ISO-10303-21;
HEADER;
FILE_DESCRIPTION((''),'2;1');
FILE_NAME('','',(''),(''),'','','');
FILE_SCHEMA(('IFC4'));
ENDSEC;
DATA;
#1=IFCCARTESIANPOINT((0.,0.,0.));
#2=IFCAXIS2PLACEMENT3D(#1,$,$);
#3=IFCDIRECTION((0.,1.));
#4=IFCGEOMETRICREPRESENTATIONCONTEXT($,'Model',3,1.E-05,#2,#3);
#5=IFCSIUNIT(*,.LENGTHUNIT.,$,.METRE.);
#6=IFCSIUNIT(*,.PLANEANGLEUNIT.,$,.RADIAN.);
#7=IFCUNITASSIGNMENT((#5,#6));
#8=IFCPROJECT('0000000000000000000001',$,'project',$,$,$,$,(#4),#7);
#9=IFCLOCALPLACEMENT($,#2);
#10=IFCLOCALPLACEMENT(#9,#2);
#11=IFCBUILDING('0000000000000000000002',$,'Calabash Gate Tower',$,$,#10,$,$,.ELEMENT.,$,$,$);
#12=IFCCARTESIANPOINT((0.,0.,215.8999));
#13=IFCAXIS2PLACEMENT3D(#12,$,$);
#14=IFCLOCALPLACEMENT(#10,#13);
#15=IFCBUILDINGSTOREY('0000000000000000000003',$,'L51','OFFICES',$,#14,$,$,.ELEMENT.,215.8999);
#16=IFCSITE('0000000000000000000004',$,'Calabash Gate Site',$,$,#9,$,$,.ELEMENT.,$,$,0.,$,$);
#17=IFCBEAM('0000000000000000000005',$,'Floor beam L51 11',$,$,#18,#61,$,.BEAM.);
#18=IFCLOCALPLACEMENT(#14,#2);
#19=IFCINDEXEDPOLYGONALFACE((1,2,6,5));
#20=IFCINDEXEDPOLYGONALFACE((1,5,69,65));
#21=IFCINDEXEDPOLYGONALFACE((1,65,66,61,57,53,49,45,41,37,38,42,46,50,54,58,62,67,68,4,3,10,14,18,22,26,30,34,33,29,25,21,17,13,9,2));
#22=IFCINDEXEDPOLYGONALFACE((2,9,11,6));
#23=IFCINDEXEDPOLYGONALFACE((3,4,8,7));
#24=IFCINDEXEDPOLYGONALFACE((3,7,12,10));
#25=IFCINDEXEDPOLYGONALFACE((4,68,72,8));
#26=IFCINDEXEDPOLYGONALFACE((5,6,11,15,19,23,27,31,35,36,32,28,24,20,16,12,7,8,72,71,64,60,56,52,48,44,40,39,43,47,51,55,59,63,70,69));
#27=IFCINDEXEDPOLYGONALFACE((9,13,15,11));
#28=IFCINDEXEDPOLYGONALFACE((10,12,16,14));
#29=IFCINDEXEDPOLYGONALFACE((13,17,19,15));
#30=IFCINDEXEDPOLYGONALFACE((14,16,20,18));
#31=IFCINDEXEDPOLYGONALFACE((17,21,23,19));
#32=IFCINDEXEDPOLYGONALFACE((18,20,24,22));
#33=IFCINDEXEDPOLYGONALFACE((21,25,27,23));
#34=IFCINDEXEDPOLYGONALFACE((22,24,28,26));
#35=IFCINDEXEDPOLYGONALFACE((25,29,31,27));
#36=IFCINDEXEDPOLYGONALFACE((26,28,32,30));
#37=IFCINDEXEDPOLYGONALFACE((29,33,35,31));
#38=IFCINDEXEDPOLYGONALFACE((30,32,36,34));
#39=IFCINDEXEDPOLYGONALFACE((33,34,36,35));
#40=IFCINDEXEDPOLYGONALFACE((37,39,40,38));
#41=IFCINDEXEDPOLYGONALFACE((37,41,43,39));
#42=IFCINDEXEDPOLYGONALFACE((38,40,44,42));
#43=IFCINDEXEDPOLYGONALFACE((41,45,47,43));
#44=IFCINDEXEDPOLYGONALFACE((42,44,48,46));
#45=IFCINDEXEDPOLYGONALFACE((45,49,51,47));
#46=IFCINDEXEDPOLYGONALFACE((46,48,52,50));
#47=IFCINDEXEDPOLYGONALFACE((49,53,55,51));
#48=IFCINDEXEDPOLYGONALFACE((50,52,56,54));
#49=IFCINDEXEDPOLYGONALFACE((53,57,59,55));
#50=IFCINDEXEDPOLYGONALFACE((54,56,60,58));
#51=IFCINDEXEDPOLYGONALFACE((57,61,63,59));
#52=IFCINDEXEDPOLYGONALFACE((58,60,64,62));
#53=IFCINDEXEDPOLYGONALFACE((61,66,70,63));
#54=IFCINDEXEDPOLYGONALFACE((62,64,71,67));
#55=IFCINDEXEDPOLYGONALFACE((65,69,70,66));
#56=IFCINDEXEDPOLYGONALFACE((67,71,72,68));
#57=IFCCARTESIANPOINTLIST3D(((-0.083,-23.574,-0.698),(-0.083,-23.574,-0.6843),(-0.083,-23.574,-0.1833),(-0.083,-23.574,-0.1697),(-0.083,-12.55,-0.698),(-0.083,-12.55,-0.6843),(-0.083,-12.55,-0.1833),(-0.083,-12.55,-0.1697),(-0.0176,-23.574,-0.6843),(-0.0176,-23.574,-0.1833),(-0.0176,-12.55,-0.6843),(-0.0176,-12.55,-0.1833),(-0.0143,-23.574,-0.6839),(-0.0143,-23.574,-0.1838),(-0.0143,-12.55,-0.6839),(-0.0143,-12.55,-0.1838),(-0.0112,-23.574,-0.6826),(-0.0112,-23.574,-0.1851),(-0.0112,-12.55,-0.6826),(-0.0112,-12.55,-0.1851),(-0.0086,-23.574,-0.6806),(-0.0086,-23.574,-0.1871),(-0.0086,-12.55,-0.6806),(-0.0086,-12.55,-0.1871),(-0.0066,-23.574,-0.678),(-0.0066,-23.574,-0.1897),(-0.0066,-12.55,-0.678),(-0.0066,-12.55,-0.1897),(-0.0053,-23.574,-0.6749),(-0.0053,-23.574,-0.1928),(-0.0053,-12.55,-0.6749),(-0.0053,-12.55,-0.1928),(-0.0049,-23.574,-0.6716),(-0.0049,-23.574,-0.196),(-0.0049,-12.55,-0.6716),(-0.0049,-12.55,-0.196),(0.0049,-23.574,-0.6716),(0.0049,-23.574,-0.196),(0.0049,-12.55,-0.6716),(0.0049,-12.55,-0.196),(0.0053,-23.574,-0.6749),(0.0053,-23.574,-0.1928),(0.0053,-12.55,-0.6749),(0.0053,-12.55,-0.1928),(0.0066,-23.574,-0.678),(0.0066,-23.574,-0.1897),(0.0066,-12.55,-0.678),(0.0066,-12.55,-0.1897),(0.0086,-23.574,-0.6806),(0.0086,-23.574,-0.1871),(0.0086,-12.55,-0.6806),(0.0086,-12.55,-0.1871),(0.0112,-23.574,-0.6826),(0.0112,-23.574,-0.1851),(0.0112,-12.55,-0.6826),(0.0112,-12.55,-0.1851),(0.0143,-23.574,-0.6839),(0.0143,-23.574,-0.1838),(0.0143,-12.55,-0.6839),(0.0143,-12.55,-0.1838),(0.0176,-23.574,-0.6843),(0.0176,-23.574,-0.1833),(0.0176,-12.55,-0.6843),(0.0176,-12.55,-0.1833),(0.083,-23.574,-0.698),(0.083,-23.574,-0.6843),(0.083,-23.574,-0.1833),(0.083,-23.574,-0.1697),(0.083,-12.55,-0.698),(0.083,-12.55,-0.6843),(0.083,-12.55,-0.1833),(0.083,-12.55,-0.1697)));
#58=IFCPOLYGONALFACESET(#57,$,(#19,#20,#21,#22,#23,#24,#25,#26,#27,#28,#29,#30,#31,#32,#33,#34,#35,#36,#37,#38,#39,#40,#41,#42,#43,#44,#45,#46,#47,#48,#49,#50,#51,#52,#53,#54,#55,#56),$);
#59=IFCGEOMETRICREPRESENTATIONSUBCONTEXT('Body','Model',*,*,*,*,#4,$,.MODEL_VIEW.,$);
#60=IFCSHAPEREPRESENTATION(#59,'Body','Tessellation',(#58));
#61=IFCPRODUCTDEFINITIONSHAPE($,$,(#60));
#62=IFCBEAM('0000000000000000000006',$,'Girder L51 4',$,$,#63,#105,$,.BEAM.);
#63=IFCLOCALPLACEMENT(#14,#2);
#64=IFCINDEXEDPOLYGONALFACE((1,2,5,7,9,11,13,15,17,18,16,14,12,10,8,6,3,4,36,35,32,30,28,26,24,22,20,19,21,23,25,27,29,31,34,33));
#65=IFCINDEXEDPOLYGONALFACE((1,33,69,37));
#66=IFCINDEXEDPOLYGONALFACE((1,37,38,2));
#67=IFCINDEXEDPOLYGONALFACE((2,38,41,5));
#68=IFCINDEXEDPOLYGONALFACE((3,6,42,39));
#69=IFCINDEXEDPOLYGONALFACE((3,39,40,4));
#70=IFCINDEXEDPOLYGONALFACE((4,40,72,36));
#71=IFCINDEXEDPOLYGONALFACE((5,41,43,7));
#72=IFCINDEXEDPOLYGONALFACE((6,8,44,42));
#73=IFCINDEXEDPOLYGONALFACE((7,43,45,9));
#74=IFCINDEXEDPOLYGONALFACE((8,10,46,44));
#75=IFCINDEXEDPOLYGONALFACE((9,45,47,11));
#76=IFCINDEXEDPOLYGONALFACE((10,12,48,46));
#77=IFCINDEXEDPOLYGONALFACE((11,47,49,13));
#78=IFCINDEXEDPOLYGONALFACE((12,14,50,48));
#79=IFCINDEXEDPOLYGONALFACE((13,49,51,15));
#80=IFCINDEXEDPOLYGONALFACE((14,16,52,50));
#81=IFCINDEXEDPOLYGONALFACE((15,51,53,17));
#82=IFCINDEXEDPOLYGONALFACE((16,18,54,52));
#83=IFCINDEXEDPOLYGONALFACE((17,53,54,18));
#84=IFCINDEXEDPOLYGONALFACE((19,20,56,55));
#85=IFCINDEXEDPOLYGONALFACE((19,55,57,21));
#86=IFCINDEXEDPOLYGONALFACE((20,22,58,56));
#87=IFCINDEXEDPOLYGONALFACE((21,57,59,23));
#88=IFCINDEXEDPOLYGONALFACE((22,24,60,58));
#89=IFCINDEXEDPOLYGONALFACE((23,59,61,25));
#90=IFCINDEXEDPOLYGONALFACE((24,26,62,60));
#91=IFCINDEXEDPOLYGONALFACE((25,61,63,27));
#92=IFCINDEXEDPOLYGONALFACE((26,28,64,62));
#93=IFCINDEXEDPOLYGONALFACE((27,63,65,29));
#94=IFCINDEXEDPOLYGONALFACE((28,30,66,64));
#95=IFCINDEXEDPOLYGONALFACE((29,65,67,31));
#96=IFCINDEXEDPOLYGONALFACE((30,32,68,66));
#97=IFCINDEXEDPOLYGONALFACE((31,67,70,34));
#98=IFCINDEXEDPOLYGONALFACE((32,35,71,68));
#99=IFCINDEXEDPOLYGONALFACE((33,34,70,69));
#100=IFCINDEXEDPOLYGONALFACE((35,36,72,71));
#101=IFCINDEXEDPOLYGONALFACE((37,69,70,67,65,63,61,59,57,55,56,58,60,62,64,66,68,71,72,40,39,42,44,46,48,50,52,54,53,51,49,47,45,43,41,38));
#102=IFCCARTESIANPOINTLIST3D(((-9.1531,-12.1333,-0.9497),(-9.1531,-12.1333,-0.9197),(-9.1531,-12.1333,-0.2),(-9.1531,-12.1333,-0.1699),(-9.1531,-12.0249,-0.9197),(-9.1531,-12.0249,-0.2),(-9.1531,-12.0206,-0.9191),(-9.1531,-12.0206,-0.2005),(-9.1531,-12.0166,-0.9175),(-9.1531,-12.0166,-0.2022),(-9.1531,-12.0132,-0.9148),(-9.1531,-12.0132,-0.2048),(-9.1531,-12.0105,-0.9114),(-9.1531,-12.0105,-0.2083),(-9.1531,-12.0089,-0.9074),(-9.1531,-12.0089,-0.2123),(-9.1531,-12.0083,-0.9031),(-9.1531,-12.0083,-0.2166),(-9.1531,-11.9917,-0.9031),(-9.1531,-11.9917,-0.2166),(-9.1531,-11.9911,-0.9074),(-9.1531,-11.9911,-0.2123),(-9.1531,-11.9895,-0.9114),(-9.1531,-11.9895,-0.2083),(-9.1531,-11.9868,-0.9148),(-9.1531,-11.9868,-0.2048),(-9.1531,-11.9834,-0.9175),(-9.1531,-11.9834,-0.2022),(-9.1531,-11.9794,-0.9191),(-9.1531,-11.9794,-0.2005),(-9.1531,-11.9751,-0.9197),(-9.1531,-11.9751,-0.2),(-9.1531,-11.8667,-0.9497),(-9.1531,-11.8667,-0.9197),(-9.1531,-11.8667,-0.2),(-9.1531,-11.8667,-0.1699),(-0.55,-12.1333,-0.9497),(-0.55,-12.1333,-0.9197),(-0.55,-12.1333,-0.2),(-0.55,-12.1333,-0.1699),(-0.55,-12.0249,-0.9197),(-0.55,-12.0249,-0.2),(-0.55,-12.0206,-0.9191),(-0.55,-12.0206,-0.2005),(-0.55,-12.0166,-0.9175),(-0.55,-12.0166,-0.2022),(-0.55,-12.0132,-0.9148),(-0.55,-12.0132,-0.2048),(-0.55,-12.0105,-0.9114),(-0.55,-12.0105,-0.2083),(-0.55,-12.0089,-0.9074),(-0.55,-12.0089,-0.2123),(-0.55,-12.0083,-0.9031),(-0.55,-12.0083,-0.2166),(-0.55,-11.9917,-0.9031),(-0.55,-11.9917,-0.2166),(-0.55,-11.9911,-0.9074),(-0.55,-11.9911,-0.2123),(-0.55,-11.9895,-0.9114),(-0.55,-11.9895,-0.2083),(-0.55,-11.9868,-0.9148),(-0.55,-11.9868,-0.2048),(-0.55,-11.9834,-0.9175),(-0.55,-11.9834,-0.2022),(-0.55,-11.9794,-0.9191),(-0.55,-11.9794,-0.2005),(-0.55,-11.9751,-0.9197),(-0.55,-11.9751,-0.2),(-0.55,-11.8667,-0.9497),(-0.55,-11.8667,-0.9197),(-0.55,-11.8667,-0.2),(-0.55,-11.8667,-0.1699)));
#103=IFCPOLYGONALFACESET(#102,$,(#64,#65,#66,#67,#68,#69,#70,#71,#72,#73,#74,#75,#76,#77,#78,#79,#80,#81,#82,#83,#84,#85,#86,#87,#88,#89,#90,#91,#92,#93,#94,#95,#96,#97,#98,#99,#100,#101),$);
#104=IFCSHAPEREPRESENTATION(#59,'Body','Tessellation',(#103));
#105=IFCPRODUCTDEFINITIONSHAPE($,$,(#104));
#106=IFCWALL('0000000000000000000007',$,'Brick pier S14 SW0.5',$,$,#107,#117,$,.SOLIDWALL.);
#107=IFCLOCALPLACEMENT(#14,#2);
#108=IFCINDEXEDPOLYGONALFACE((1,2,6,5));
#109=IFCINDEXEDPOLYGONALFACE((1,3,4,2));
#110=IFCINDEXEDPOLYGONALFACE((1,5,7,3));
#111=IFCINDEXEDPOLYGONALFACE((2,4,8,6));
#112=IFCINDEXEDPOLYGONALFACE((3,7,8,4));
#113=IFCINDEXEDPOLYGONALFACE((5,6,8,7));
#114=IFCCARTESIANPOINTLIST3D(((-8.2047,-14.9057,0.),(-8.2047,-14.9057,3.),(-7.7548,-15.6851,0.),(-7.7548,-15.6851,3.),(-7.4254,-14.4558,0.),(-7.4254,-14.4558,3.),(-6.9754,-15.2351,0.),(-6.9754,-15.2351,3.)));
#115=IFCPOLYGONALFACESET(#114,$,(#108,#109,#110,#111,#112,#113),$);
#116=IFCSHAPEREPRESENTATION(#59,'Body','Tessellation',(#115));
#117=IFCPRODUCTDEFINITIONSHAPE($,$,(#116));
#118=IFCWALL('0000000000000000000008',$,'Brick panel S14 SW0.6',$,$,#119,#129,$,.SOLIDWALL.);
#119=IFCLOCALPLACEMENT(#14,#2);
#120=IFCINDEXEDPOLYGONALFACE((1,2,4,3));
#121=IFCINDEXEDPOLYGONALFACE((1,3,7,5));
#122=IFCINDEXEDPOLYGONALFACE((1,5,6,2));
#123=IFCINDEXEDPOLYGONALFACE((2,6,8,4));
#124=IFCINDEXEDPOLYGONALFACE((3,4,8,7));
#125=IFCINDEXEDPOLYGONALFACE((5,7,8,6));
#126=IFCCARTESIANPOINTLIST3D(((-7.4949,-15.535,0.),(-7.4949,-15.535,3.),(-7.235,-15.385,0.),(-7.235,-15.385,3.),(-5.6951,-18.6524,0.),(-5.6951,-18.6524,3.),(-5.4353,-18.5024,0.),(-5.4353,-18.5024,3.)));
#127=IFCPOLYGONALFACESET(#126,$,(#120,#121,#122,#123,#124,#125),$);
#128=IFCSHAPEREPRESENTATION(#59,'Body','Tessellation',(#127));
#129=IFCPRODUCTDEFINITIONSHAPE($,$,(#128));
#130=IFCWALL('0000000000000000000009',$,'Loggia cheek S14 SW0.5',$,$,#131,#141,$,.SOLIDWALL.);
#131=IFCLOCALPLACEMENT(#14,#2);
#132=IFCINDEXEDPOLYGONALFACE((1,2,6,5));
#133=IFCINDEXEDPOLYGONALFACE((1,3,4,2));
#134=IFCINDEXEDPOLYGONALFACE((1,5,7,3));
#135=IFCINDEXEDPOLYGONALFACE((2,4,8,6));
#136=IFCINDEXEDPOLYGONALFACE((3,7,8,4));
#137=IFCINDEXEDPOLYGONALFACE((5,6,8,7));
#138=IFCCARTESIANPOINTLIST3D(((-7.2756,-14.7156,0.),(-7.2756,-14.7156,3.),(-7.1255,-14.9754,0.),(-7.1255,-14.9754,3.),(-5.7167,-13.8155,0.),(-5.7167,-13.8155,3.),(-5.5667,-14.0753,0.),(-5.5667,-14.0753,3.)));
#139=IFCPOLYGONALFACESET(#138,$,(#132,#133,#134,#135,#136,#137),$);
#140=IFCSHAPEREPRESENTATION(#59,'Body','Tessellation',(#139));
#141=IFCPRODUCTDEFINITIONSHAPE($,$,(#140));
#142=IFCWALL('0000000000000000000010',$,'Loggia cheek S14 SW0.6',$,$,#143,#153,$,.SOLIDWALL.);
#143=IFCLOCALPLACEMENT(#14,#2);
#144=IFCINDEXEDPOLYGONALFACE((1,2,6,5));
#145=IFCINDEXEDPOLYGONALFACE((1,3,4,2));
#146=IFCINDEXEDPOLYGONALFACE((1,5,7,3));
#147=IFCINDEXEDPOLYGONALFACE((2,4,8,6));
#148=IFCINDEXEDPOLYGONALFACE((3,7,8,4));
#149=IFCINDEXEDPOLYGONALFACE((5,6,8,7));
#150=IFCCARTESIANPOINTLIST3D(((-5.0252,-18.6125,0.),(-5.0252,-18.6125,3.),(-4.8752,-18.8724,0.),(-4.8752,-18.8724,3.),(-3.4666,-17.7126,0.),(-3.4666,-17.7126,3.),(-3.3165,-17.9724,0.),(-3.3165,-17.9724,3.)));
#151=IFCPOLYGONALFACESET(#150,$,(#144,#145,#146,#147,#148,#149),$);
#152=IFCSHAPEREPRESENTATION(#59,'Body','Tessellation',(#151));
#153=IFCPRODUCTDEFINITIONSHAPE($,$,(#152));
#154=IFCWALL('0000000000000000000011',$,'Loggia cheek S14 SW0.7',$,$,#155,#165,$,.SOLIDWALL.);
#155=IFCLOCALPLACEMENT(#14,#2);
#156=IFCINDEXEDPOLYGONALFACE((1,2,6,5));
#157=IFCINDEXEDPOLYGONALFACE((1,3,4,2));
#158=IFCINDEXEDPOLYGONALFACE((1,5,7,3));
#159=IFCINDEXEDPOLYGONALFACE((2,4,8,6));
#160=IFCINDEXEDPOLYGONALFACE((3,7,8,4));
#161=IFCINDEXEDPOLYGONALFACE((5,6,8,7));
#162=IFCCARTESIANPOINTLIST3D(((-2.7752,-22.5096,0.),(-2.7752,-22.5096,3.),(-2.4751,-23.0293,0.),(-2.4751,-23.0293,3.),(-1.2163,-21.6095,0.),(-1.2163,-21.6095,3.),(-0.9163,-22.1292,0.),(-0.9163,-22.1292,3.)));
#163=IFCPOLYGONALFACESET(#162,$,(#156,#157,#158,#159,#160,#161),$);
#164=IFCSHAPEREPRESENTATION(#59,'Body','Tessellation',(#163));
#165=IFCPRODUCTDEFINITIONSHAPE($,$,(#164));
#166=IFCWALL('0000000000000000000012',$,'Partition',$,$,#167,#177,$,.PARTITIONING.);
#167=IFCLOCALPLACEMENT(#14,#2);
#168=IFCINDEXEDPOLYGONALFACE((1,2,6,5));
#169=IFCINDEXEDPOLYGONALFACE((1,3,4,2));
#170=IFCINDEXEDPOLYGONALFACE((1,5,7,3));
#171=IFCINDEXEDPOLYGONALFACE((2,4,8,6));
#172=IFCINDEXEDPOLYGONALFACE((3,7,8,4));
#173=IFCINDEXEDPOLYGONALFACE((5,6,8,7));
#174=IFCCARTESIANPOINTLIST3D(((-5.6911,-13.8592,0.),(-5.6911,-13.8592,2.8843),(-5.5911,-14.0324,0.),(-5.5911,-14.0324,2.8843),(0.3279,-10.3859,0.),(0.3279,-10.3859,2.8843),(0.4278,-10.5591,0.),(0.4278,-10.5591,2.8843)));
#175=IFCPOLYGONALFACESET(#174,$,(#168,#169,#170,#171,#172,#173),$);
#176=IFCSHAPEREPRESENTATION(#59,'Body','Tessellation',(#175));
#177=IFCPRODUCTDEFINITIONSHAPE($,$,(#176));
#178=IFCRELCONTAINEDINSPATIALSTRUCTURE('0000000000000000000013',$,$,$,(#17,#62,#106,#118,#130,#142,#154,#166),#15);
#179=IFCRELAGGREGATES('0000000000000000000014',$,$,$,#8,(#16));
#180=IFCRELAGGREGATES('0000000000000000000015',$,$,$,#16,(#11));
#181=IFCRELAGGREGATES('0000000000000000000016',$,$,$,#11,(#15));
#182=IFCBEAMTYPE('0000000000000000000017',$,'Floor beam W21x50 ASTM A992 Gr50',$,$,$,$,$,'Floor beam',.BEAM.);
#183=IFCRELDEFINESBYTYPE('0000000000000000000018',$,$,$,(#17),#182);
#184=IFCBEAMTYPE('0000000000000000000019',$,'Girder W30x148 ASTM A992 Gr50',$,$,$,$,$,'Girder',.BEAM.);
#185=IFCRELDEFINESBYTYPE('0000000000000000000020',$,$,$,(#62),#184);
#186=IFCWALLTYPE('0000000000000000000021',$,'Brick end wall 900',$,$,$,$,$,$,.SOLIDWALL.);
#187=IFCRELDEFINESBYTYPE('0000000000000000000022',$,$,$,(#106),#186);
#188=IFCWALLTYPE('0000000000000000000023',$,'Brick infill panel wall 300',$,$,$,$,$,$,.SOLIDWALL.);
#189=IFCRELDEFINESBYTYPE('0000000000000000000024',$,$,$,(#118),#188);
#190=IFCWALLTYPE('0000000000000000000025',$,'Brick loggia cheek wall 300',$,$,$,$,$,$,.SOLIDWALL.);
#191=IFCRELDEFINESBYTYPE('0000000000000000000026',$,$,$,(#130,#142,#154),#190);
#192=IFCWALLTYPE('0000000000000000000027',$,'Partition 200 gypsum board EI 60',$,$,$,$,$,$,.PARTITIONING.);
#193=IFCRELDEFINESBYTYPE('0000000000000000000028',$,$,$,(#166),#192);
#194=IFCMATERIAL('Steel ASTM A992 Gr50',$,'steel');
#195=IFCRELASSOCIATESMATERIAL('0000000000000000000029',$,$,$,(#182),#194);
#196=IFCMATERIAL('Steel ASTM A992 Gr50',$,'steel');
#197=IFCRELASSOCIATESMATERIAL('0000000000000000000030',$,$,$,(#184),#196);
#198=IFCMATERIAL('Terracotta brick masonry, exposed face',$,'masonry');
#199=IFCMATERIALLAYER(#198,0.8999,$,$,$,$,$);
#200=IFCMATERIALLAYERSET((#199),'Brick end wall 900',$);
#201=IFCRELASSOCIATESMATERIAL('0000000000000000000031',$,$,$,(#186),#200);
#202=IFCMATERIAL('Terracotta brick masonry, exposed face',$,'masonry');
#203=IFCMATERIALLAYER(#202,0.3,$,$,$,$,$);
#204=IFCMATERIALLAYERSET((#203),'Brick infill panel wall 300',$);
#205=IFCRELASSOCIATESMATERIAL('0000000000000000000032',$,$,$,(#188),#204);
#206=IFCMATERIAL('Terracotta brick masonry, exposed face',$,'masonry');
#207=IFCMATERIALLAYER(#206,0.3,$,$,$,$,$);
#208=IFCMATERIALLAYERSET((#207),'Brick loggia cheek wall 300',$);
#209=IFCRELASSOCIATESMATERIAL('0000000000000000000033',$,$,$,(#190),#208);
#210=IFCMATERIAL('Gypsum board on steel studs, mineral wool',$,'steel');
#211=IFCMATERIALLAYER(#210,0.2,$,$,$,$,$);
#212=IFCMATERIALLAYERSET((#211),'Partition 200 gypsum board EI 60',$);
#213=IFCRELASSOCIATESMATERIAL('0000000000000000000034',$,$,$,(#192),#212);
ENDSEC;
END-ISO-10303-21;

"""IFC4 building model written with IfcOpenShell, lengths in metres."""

from ifc_helpers import new_model, si_unit, direction, frame, frame_2d, origin, origin_2d, place, context, subcontext, project, spatial, rectangle, i_section, extrude, material, layer, layer_set, material_profile, profile_set, type_object, element, save


model = new_model("IFC4")

# Units and contexts
model_context = context("Model", 3, precision=1e-05, world=origin(), true_north=direction((0.0, 1.0)))
body_context = subcontext(model_context, "Body", "Model", "MODEL_VIEW")
ifc_project = project(units=[si_unit("LENGTHUNIT", "METRE"), si_unit("PLANEANGLEUNIT", "RADIAN")], contexts=[model_context])

# Site, building, storey
site_placement = place(None, origin())
site = spatial("IfcSite", under=ifc_project, at=site_placement, Name="Calabash Gate Site", CompositionType="ELEMENT", RefElevation=0.0)
building_placement = place(site_placement, origin())
building = spatial("IfcBuilding", under=site, at=building_placement, Name="Calabash Gate Tower", CompositionType="ELEMENT")
storey_placement = place(building_placement, frame((0.0, 0.0, 215.8999)))
storey = spatial("IfcBuildingStorey", under=building, at=storey_placement, Name="L51", Description="OFFICES", CompositionType="ELEMENT", Elevation=215.8999)

# Beams
ifc_material_1 = material(Name="Steel ASTM A992 Gr50", Category="steel")
ifc_material_profile_1 = material_profile(ifc_material_1, i_section(OverallWidth=0.166, OverallDepth=0.5283, WebThickness=0.0098, FlangeThickness=0.0137, FilletRadius=0.0127, at=origin_2d()))
ifc_profile_set_1 = profile_set([ifc_material_profile_1], Name="Steel ASTM A992 Gr50")
beam_type_1 = type_object("IfcBeamType", Name="Floor beam W21x50 ASTM A992 Gr50", ElementType="Floor beam", PredefinedType="BEAM", material=ifc_profile_set_1)
beam_1_placement = place(storey_placement, frame((0.0, -23.574, -0.4338), z_axis=(0.0, 1.0, 0.0), x_axis=(-1.0, 0.0, 0.0)))
element("IfcBeam", 1, at=beam_1_placement, inside=storey, type_object=beam_type_1, Name="Floor beam L51 11", PredefinedType="BEAM", context=body_context, shape_type="SweptSolid", body=[
    extrude(i_section(OverallWidth=0.166, OverallDepth=0.5283, WebThickness=0.0098, FlangeThickness=0.0137, FilletRadius=0.0127, at=origin_2d()), origin(), (0.0, 0.0, 1.0), 11.0239),
])
ifc_material_2 = material(Name="Steel ASTM A992 Gr50", Category="steel")
ifc_material_profile_2 = material_profile(ifc_material_2, i_section(OverallWidth=0.2666, OverallDepth=0.7798, WebThickness=0.0166, FlangeThickness=0.03, FilletRadius=0.0166, at=origin_2d()))
ifc_profile_set_2 = profile_set([ifc_material_profile_2], Name="Steel ASTM A992 Gr50")
beam_type_2 = type_object("IfcBeamType", Name="Girder W30x148 ASTM A992 Gr50", ElementType="Girder", PredefinedType="BEAM", material=ifc_profile_set_2)
beam_2_placement = place(storey_placement, frame((-9.1531, -12.0, -0.5598), z_axis=(1.0, 0.0, 0.0), x_axis=(0.0, 1.0, 0.0)))
element("IfcBeam", 2, at=beam_2_placement, inside=storey, type_object=beam_type_2, Name="Girder L51 4", PredefinedType="BEAM", context=body_context, shape_type="SweptSolid", body=[
    extrude(i_section(OverallWidth=0.2666, OverallDepth=0.7798, WebThickness=0.0166, FlangeThickness=0.03, FilletRadius=0.0166, at=origin_2d()), origin(), (0.0, 0.0, 1.0), 8.603),
])

# Walls
ifc_material_3 = material(Name="Terracotta brick masonry, exposed face", Category="masonry")
ifc_layer_1 = layer(ifc_material_3, 0.8999)
ifc_layer_set_1 = layer_set([ifc_layer_1], Name="Brick end wall 900")
wall_type_1 = type_object("IfcWallType", Name="Brick end wall 900", PredefinedType="SOLIDWALL", material=ifc_layer_set_1)
wall_1_placement = place(storey_placement, frame((-7.9797, -15.2954, 0.0), z_axis=(0.0, 0.0, 1.0), x_axis=(0.866014, 0.50002, 0.0)))
element("IfcWall", 3, at=wall_1_placement, inside=storey, type_object=wall_type_1, Name="Brick pier S14 SW0.5", PredefinedType="SOLIDWALL", context=body_context, shape_type="SweptSolid", body=[
    extrude(rectangle(XDim=0.8999, YDim=0.8999, at=frame_2d((0.45, 0.0))), origin(), (0.0, 0.0, 1.0), 3.0),
])
ifc_material_4 = material(Name="Terracotta brick masonry, exposed face", Category="masonry")
ifc_layer_2 = layer(ifc_material_4, 0.3)
ifc_layer_set_2 = layer_set([ifc_layer_2], Name="Brick infill panel wall 300")
wall_type_2 = type_object("IfcWallType", Name="Brick infill panel wall 300", PredefinedType="SOLIDWALL", material=ifc_layer_set_2)
wall_2_placement = place(storey_placement, frame((-5.5652, -18.5774, 0.0), z_axis=(0.0, 0.0, 1.0), x_axis=(-0.499991, 0.866031, 0.0)))
element("IfcWall", 4, at=wall_2_placement, inside=storey, type_object=wall_type_2, Name="Brick panel S14 SW0.6", PredefinedType="SOLIDWALL", context=body_context, shape_type="SweptSolid", body=[
    extrude(rectangle(XDim=3.5996, YDim=0.3, at=frame_2d((1.7998, 0.0))), origin(), (0.0, 0.0, 1.0), 3.0),
])
ifc_material_5 = material(Name="Terracotta brick masonry, exposed face", Category="masonry")
ifc_layer_3 = layer(ifc_material_5, 0.3)
ifc_layer_set_3 = layer_set([ifc_layer_3], Name="Brick loggia cheek wall 300")
wall_type_3 = type_object("IfcWallType", Name="Brick loggia cheek wall 300", PredefinedType="SOLIDWALL", material=ifc_layer_set_3)
wall_3_placement = place(storey_placement, frame((-7.2004, -14.8455, 0.0), z_axis=(0.0, 0.0, 1.0), x_axis=(0.865989, 0.500063, 0.0)))
element("IfcWall", 5, at=wall_3_placement, inside=storey, type_object=wall_type_3, Name="Loggia cheek S14 SW0.5", PredefinedType="SOLIDWALL", context=body_context, shape_type="SweptSolid", body=[
    extrude(rectangle(XDim=1.8, YDim=0.3, at=frame_2d((0.8999, 0.0))), origin(), (0.0, 0.0, 1.0), 3.0),
])
wall_4_placement = place(storey_placement, frame((-4.9502, -18.7424, 0.0), z_axis=(0.0, 0.0, 1.0), x_axis=(0.866014, 0.50002, 0.0)))
element("IfcWall", 6, at=wall_4_placement, inside=storey, type_object=wall_type_3, Name="Loggia cheek S14 SW0.6", PredefinedType="SOLIDWALL", context=body_context, shape_type="SweptSolid", body=[
    extrude(rectangle(XDim=1.7998, YDim=0.3, at=frame_2d((0.8999, 0.0))), origin(), (0.0, 0.0, 1.0), 3.0),
])
wall_5_placement = place(storey_placement, frame((-1.0664, -21.8694, 0.0), z_axis=(0.0, 0.0, 1.0), x_axis=(-0.865989, -0.500063, 0.0)))
element("IfcWall", 7, at=wall_5_placement, inside=storey, type_object=wall_type_3, Name="Loggia cheek S14 SW0.7", PredefinedType="SOLIDWALL", context=body_context, shape_type="SweptSolid", body=[
    extrude(rectangle(XDim=1.8, YDim=0.6001, at=frame_2d((0.8999, 0.0))), origin(), (0.0, 0.0, 1.0), 3.0),
])
ifc_material_6 = material(Name="Gypsum board on steel studs, mineral wool", Category="steel")
ifc_layer_4 = layer(ifc_material_6, 0.2)
ifc_layer_set_4 = layer_set([ifc_layer_4], Name="Partition 200 gypsum board EI 60")
wall_type_4 = type_object("IfcWallType", Name="Partition 200 gypsum board EI 60", PredefinedType="PARTITIONING", material=ifc_layer_set_4)
wall_6_placement = place(storey_placement, frame((-5.6411, -13.9458, 0.0), z_axis=(0.0, 0.0, 1.0), x_axis=(0.866132, 0.499816, 0.0)))
element("IfcWall", 8, at=wall_6_placement, inside=storey, type_object=wall_type_4, Name="Partition", PredefinedType="PARTITIONING", context=body_context, shape_type="SweptSolid", body=[
    extrude(rectangle(XDim=6.9492, YDim=0.2, at=frame_2d((3.4746, 0.0))), origin(), (0.0, 0.0, 1.0), 2.8843),
])

save(model, "model.ifc")
